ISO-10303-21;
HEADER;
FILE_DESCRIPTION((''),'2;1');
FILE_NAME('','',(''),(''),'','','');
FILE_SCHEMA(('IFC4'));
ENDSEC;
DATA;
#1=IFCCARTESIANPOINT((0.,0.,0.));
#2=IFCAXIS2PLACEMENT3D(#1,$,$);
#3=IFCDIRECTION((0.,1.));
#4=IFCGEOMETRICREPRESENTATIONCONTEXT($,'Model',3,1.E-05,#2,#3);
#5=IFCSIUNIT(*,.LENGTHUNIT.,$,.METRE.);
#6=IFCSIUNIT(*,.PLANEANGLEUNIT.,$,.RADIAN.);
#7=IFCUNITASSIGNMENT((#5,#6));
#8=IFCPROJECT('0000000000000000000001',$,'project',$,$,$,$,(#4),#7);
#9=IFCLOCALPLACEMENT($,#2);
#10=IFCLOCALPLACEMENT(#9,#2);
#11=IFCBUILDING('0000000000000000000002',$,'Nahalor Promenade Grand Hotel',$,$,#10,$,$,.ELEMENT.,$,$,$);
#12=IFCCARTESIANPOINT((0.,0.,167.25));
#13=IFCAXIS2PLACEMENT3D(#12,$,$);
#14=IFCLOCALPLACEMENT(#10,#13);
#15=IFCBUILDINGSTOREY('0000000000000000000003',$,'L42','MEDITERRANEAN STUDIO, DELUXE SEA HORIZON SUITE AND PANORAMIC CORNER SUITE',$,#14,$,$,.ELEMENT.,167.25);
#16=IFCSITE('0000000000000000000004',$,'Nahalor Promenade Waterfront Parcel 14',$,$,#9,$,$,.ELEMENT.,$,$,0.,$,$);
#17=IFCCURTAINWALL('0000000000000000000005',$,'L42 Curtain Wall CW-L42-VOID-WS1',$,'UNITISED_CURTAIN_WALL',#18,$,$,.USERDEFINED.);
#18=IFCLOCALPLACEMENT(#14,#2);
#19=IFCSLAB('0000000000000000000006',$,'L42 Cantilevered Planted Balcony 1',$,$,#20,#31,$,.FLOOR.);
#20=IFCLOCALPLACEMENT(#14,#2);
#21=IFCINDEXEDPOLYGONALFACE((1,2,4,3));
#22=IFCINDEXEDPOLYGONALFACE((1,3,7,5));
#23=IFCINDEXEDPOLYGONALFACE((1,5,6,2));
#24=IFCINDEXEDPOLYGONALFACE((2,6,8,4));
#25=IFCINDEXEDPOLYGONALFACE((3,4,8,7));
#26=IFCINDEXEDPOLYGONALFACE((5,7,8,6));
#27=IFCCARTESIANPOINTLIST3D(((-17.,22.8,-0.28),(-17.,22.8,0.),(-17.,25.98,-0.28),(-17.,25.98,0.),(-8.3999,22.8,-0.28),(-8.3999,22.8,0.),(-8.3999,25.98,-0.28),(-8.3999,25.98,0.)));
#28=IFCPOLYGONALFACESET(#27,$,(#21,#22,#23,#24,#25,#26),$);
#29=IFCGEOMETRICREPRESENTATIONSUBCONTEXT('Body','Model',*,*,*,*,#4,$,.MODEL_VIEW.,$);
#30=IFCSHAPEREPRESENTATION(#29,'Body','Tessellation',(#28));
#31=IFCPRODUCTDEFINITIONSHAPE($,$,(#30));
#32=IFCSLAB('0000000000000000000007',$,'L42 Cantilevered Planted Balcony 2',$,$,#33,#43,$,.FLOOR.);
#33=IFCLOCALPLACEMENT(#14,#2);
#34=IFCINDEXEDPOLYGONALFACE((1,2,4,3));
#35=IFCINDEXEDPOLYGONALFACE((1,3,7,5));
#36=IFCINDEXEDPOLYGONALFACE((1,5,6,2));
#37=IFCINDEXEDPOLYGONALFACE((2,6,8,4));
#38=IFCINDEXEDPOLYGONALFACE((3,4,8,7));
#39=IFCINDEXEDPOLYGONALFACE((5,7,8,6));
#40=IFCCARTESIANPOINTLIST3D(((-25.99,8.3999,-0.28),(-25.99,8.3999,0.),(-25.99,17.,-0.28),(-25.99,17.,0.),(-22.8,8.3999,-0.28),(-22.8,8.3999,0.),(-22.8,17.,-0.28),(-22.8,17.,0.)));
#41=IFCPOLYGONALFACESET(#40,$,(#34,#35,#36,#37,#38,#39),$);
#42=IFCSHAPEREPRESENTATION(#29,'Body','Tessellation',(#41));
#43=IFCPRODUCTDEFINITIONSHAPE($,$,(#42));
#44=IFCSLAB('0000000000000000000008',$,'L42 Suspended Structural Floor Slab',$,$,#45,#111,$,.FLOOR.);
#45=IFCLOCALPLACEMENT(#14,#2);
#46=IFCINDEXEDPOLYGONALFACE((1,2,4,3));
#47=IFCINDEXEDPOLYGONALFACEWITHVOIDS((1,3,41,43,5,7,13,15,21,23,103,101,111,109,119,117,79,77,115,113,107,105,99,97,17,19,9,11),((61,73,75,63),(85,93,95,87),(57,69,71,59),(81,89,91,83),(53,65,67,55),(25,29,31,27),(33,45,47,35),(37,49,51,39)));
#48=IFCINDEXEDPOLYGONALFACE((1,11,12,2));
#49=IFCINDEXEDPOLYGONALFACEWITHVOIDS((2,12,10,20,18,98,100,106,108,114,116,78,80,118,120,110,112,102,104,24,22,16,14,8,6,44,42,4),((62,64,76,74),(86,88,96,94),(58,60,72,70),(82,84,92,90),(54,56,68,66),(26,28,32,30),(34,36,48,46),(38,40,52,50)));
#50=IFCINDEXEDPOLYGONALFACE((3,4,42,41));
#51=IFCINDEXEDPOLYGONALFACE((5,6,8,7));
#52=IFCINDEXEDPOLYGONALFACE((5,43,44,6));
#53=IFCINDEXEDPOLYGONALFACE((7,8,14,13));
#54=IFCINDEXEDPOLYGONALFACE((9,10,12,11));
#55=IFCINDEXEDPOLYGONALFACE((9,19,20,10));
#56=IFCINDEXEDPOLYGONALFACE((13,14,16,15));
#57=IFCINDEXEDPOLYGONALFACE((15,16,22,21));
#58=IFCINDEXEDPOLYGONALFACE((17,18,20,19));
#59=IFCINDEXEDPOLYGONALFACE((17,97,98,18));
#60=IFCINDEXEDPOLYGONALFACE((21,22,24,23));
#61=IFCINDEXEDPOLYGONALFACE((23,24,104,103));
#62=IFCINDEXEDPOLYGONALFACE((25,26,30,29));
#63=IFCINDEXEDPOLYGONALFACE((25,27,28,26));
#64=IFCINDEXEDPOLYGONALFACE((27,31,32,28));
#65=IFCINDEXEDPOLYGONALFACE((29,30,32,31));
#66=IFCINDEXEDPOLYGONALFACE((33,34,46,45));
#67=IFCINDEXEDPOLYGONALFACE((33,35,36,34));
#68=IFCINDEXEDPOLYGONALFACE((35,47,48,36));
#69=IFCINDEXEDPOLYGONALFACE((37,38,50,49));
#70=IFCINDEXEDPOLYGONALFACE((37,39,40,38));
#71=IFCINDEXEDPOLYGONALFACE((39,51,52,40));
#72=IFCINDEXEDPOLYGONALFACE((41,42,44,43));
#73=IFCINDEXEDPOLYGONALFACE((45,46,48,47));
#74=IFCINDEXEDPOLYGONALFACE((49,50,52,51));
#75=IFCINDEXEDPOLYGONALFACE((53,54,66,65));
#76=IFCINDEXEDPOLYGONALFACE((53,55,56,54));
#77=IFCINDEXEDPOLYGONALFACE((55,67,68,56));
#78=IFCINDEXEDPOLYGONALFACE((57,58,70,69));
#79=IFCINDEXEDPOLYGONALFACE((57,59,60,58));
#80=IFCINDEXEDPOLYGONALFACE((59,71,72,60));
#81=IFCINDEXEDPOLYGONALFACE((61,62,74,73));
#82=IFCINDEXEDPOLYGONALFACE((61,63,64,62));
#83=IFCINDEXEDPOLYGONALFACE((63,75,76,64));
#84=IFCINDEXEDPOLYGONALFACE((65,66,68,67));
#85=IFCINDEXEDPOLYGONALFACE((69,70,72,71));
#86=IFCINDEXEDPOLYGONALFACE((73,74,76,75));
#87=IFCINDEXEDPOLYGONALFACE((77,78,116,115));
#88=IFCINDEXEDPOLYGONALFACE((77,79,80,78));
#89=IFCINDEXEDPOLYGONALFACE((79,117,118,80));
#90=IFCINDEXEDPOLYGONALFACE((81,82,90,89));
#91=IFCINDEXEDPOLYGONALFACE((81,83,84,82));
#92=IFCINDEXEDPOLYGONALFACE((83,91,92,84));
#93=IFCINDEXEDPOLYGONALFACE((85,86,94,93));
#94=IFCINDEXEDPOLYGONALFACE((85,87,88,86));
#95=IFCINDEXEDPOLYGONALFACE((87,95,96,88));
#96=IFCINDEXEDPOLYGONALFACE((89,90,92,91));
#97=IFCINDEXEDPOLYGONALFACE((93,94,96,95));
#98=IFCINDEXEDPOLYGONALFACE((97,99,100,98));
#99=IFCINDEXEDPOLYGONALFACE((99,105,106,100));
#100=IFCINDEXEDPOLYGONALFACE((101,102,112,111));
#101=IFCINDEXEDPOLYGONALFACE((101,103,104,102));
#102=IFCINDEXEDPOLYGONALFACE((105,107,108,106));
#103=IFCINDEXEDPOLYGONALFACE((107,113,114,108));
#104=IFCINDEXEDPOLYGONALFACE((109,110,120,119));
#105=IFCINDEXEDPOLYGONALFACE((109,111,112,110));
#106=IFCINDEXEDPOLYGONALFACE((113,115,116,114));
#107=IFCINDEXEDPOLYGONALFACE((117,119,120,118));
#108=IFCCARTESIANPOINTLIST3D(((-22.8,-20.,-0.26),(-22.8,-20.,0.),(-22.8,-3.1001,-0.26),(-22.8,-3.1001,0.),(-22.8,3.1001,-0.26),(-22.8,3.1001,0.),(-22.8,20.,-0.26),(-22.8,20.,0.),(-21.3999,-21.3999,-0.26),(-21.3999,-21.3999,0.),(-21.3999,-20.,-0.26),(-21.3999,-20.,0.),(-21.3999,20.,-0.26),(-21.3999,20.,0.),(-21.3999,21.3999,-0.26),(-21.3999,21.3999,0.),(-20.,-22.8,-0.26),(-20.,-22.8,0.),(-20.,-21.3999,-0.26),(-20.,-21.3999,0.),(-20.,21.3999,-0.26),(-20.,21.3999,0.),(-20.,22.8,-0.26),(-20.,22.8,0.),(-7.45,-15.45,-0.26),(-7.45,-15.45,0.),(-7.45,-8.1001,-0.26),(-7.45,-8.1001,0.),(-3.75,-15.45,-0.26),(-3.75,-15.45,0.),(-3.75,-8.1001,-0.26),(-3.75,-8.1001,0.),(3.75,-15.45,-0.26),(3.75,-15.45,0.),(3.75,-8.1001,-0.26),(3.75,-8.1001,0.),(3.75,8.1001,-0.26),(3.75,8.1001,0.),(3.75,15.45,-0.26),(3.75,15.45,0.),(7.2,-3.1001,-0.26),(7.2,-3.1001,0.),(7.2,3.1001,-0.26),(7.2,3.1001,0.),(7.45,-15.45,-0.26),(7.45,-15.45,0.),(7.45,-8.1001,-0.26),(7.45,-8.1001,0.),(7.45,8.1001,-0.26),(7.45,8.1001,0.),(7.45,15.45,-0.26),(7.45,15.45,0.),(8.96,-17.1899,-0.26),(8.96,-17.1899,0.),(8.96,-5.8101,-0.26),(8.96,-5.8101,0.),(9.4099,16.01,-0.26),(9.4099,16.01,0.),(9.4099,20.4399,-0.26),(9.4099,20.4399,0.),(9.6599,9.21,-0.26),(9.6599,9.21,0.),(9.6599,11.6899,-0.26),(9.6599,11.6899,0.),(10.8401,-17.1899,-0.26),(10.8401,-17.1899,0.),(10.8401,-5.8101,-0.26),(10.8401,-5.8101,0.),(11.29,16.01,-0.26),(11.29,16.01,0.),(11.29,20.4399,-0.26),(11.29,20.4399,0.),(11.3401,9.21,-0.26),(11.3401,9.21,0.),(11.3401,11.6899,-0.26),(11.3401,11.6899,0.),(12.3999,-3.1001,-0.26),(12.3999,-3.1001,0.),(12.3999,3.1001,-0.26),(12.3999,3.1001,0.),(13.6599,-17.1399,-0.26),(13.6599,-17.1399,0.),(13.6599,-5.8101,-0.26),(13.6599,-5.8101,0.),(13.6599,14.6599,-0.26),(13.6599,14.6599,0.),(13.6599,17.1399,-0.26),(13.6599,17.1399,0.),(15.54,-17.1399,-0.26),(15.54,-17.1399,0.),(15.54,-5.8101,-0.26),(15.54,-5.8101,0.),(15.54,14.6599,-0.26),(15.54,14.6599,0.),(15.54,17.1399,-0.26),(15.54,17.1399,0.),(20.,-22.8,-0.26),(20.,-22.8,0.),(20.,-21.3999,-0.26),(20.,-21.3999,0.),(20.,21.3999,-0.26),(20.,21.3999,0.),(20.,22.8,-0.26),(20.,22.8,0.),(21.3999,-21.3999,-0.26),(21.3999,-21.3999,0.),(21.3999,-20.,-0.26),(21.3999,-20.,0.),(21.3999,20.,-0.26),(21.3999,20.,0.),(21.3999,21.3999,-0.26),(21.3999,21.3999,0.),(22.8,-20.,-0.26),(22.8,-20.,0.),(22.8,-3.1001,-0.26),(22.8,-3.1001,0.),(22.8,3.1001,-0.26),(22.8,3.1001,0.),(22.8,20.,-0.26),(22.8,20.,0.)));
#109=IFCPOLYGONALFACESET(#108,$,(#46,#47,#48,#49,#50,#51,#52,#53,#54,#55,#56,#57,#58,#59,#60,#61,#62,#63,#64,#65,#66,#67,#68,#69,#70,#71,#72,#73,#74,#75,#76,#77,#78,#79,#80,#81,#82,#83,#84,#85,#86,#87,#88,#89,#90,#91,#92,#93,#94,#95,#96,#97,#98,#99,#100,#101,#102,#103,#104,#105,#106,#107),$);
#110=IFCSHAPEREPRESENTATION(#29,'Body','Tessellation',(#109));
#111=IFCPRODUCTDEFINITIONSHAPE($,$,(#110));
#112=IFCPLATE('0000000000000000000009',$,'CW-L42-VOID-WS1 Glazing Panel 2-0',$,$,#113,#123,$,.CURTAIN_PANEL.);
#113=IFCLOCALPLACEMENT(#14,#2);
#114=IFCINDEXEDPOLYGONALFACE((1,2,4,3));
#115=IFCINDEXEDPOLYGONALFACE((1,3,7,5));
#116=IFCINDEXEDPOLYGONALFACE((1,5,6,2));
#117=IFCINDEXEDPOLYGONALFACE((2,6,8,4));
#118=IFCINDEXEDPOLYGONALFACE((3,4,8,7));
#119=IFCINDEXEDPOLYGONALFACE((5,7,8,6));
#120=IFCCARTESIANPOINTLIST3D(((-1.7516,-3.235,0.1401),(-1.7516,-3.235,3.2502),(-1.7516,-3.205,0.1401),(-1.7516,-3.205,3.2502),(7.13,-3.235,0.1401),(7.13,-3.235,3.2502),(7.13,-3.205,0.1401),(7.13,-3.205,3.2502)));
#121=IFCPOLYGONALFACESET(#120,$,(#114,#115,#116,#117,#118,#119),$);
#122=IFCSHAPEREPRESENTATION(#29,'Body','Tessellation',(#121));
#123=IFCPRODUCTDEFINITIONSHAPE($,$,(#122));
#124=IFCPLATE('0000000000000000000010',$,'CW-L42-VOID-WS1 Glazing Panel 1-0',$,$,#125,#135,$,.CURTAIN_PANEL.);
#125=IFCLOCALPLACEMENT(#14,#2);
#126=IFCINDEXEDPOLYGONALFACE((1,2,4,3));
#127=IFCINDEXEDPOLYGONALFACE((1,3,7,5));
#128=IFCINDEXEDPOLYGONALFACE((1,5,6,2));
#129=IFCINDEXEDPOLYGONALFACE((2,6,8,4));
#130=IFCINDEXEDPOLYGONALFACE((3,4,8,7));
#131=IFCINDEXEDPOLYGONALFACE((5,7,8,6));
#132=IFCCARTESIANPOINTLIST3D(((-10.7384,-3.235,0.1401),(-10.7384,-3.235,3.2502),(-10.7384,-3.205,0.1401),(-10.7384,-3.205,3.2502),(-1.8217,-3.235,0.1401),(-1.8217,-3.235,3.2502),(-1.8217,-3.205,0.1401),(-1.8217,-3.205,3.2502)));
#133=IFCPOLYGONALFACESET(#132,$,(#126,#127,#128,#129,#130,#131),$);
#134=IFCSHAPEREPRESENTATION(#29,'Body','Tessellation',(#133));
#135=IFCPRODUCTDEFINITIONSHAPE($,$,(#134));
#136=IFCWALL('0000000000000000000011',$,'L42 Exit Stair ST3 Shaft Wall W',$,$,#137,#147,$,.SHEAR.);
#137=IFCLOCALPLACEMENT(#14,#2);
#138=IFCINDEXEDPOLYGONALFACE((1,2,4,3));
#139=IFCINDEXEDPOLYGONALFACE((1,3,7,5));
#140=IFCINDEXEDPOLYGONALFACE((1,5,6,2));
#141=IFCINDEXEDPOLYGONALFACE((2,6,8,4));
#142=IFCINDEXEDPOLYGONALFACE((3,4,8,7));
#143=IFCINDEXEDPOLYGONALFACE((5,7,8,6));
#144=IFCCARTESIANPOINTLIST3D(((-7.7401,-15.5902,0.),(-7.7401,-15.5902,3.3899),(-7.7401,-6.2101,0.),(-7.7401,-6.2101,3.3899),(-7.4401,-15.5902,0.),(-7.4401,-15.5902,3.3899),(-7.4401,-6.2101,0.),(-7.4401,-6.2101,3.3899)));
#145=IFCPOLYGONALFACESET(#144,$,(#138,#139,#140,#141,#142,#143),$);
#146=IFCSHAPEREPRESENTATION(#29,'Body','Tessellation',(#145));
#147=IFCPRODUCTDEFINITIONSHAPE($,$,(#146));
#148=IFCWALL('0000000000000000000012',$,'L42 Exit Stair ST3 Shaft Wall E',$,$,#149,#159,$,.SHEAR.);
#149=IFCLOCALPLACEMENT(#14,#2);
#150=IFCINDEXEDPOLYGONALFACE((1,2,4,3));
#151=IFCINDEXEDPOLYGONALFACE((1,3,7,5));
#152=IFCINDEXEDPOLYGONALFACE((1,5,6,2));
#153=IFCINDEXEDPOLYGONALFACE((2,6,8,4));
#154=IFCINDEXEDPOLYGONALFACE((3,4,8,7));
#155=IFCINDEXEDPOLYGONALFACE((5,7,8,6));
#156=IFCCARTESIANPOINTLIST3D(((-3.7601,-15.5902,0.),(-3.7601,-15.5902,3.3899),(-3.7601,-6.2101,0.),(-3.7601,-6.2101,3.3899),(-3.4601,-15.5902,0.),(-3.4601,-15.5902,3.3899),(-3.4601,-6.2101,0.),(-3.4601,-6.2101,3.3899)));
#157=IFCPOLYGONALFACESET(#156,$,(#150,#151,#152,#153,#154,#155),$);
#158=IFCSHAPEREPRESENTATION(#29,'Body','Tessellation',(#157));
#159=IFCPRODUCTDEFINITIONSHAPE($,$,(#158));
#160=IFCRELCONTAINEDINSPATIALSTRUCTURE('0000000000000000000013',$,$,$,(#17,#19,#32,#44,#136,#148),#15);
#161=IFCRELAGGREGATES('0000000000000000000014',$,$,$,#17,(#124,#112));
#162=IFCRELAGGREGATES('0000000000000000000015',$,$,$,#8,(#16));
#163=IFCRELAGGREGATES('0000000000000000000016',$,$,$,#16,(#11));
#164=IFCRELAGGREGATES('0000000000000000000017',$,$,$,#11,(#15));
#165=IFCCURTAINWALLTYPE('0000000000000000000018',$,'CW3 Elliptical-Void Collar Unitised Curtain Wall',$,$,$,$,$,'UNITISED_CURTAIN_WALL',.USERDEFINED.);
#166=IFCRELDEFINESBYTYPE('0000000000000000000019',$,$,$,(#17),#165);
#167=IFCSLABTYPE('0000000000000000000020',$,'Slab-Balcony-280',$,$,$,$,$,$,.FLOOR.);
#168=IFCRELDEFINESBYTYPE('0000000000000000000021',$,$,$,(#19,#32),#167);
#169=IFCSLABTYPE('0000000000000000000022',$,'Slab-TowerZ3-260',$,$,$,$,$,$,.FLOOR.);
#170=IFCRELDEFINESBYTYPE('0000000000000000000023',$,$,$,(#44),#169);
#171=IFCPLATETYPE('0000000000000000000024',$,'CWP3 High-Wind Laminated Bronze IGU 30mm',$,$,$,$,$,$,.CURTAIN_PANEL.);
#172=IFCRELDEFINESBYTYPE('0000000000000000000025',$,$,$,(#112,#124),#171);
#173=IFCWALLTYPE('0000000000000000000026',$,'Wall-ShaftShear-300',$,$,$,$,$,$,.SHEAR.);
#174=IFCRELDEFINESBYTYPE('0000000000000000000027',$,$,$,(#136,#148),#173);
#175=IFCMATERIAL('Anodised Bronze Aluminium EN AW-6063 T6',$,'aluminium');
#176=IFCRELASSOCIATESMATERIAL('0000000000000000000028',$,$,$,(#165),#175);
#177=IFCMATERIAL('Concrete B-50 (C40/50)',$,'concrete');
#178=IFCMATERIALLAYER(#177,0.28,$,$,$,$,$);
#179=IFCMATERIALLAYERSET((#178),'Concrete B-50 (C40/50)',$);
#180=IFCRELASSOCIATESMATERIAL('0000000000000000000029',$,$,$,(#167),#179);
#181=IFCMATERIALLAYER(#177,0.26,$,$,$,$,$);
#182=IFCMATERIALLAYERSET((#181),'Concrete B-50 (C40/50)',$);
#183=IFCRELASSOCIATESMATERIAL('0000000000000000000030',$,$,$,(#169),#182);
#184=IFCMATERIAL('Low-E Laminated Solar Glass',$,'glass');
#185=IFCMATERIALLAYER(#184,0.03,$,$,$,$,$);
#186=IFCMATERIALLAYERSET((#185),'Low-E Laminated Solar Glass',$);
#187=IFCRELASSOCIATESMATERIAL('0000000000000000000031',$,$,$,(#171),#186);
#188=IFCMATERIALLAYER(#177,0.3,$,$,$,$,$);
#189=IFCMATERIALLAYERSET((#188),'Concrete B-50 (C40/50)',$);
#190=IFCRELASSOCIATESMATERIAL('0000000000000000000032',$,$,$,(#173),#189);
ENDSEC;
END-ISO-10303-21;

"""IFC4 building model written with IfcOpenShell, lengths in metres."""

from ifc_helpers import new_model, si_unit, direction, frame, frame_2d, origin, origin_2d, place, context, subcontext, project, spatial, polyline, rectangle, outline, extrude, source, transform, mapped, material, layer, layer_set, type_object, element, aggregate, save


model = new_model("IFC4")

# Units and contexts
model_context = context("Model", 3, precision=1e-05, world=origin(), true_north=direction((0.0, 1.0)))
body_context = subcontext(model_context, "Body", "Model", "MODEL_VIEW")
ifc_project = project(units=[si_unit("LENGTHUNIT", "METRE"), si_unit("PLANEANGLEUNIT", "RADIAN")], contexts=[model_context])

# Site, building, storey
site_placement = place(None, origin())
site = spatial("IfcSite", under=ifc_project, at=site_placement, Name="Nahalor Promenade Waterfront Parcel 14", CompositionType="ELEMENT", RefElevation=0.0)
building_placement = place(site_placement, origin())
building = spatial("IfcBuilding", under=site, at=building_placement, Name="Nahalor Promenade Grand Hotel", CompositionType="ELEMENT")
storey_placement = place(building_placement, frame((0.0, 0.0, 167.25)))
storey = spatial("IfcBuildingStorey", under=building, at=storey_placement, Name="L42", Description="MEDITERRANEAN STUDIO, DELUXE SEA HORIZON SUITE AND PANORAMIC CORNER SUITE", CompositionType="ELEMENT", Elevation=167.25)

# Curtain wall
ifc_material_1 = material(Name="Anodised Bronze Aluminium EN AW-6063 T6", Category="aluminium")
curtain_wall_type = type_object("IfcCurtainWallType", Name="CW3 Elliptical-Void Collar Unitised Curtain Wall", ElementType="UNITISED_CURTAIN_WALL", PredefinedType="USERDEFINED", material=ifc_material_1)
curtain_wall_placement = place(storey_placement, origin())
curtain_wall = element("IfcCurtainWall", 1, at=curtain_wall_placement, inside=storey, type_object=curtain_wall_type, Name="L42 Curtain Wall CW-L42-VOID-WS1", ObjectType="UNITISED_CURTAIN_WALL", PredefinedType="USERDEFINED")

# Shared definitions
ifc_material_2 = material(Name="Concrete B-50 (C40/50)", Category="concrete")

# Slabs
ifc_layer_1 = layer(ifc_material_2, 0.28)
ifc_layer_set_1 = layer_set([ifc_layer_1], Name="Concrete B-50 (C40/50)")
slab_type_1 = type_object("IfcSlabType", Name="Slab-Balcony-280", PredefinedType="FLOOR", material=ifc_layer_set_1)
slab_1_placement = place(storey_placement, frame((0.0, 0.0, -0.28)))
element("IfcSlab", 2, at=slab_1_placement, inside=storey, type_object=slab_type_1, Name="L42 Cantilevered Planted Balcony 1", PredefinedType="FLOOR", context=body_context, shape_type="SweptSolid", body=[
    extrude(outline(polyline([(-17.0, 22.8), (-8.3999, 22.8), (-8.3999, 25.98), (-17.0, 25.98), (-17.0, 22.8)])), origin(), (0.0, 0.0, 1.0), 0.28),
])
slab_2_placement = place(storey_placement, frame((0.0, 0.0, -0.28)))
element("IfcSlab", 3, at=slab_2_placement, inside=storey, type_object=slab_type_1, Name="L42 Cantilevered Planted Balcony 2", PredefinedType="FLOOR", context=body_context, shape_type="SweptSolid", body=[
    extrude(outline(polyline([(-25.99, 8.3999), (-22.8, 8.3999), (-22.8, 17.0), (-25.99, 17.0), (-25.99, 8.3999)])), origin(), (0.0, 0.0, 1.0), 0.28),
])
ifc_layer_2 = layer(ifc_material_2, 0.26)
ifc_layer_set_2 = layer_set([ifc_layer_2], Name="Concrete B-50 (C40/50)")
slab_type_2 = type_object("IfcSlabType", Name="Slab-TowerZ3-260", PredefinedType="FLOOR", material=ifc_layer_set_2)
slab_3_placement = place(storey_placement, frame((0.0, 0.0, -0.26)))
element("IfcSlab", 4, at=slab_3_placement, inside=storey, type_object=slab_type_2, Name="L42 Suspended Structural Floor Slab", PredefinedType="FLOOR", context=body_context, shape_type="SweptSolid", body=[
    extrude(outline(polyline([(-20.0, -22.8), (20.0, -22.8), (20.0, -21.3999), (21.3999, -21.3999), (21.3999, -20.0), (22.8, -20.0), (22.8, -3.1001), (12.3999, -3.1001), (12.3999, 3.1001), (22.8, 3.1001), (22.8, 20.0), (21.3999, 20.0), (21.3999, 21.3999), (20.0, 21.3999), (20.0, 22.8), (-20.0, 22.8), (-20.0, 21.3999), (-21.3999, 21.3999), (-21.3999, 20.0), (-22.8, 20.0), (-22.8, 3.1001), (7.2, 3.1001), (7.2, -3.1001), (-22.8, -3.1001), (-22.8, -20.0), (-21.3999, -20.0), (-21.3999, -21.3999), (-20.0, -21.3999), (-20.0, -22.8)]), holes=[polyline([(3.75, 8.1001), (7.45, 8.1001), (7.45, 15.45), (3.75, 15.45), (3.75, 8.1001)]), polyline([(3.75, -15.45), (7.45, -15.45), (7.45, -8.1001), (3.75, -8.1001), (3.75, -15.45)]), polyline([(-7.45, -15.45), (-3.75, -15.45), (-3.75, -8.1001), (-7.45, -8.1001), (-7.45, -15.45)]), polyline([(13.6599, -17.1399), (15.54, -17.1399), (15.54, -5.8101), (13.6599, -5.8101), (13.6599, -17.1399)]), polyline([(8.96, -17.1899), (10.8401, -17.1899), (10.8401, -5.8101), (8.96, -5.8101), (8.96, -17.1899)]), polyline([(9.4099, 16.01), (11.29, 16.01), (11.29, 20.4399), (9.4099, 20.4399), (9.4099, 16.01)]), polyline([(9.6599, 9.21), (11.3401, 9.21), (11.3401, 11.6899), (9.6599, 11.6899), (9.6599, 9.21)]), polyline([(13.6599, 14.6599), (15.54, 14.6599), (15.54, 17.1399), (13.6599, 17.1399), (13.6599, 14.6599)])]), origin(), (0.0, 0.0, 1.0), 0.26),
])

# Plates
ifc_material_3 = material(Name="Low-E Laminated Solar Glass", Category="glass")
ifc_layer_3 = layer(ifc_material_3, 0.03)
ifc_layer_set_3 = layer_set([ifc_layer_3], Name="Low-E Laminated Solar Glass")
plate_type = type_object("IfcPlateType", Name="CWP3 High-Wind Laminated Bronze IGU 30mm", PredefinedType="CURTAIN_PANEL", material=ifc_layer_set_3)
shared_shape_1 = source(origin(), body_context, "Body", "SweptSolid", [
    extrude(rectangle(XDim=8.8816, YDim=0.03, at=origin_2d()), origin(), (0.0, 0.0, 1.0), 3.1101),
])
plate_1_placement = place(storey_placement, frame((2.6892, -3.22, 0.1401), z_axis=(0.0, 0.0, 1.0), x_axis=(1.0, 0.0, 0.0)))
plate_1 = element("IfcPlate", 5, at=plate_1_placement, type_object=plate_type, Name="CW-L42-VOID-WS1 Glazing Panel 2-0", PredefinedType="CURTAIN_PANEL", context=body_context, shape_type="MappedRepresentation", body=[
    mapped(shared_shape_1, transform((0.0, 0.0, 0.0), scale=1.0)),
])
shared_shape_2 = source(origin(), body_context, "Body", "SweptSolid", [
    extrude(rectangle(XDim=8.9167, YDim=0.03, at=origin_2d()), origin(), (0.0, 0.0, 1.0), 3.1101),
])
plate_2_placement = place(storey_placement, frame((-6.28, -3.22, 0.1401), z_axis=(0.0, 0.0, 1.0), x_axis=(1.0, 0.0, 0.0)))
plate_2 = element("IfcPlate", 6, at=plate_2_placement, type_object=plate_type, Name="CW-L42-VOID-WS1 Glazing Panel 1-0", PredefinedType="CURTAIN_PANEL", context=body_context, shape_type="MappedRepresentation", body=[
    mapped(shared_shape_2, transform((0.0, 0.0, 0.0), scale=1.0)),
])
aggregate(curtain_wall, [plate_2, plate_1])

# Shared definitions
ifc_layer_4 = layer(ifc_material_2, 0.3)
ifc_layer_set_4 = layer_set([ifc_layer_4], Name="Concrete B-50 (C40/50)")
wall_type_1 = type_object("IfcWallType", Name="Wall-ShaftShear-300", PredefinedType="SHEAR", material=ifc_layer_set_4)

# Walls
shared_shape_3 = source(origin(), body_context, "Body", "SweptSolid", [
    extrude(rectangle(XDim=9.3801, YDim=0.3, at=frame_2d((4.6899, 0.0))), origin(), (0.0, 0.0, 1.0), 3.3899),
])
for number, where, z_axis, x_axis, name in (
    (7, (-7.5901, -15.5901, 0.0), (0.0, 0.0, 1.0), (0.0, 1.0, 0.0), "L42 Exit Stair ST3 Shaft Wall W"),
    (8, (-3.6101, -15.5901, 0.0), (0.0, 0.0, 1.0), (0.0, 1.0, 0.0), "L42 Exit Stair ST3 Shaft Wall E"),
):
    element("IfcWall", number, at=place(storey_placement, frame(where, z_axis=z_axis, x_axis=x_axis)), inside=storey, type_object=wall_type_1, Name=name, PredefinedType="SHEAR", context=body_context, shape_type="MappedRepresentation", body=[
        mapped(shared_shape_3, transform((0.0, 0.0, 0.0), scale=1.0)),
    ])

save(model, "model.ifc")
